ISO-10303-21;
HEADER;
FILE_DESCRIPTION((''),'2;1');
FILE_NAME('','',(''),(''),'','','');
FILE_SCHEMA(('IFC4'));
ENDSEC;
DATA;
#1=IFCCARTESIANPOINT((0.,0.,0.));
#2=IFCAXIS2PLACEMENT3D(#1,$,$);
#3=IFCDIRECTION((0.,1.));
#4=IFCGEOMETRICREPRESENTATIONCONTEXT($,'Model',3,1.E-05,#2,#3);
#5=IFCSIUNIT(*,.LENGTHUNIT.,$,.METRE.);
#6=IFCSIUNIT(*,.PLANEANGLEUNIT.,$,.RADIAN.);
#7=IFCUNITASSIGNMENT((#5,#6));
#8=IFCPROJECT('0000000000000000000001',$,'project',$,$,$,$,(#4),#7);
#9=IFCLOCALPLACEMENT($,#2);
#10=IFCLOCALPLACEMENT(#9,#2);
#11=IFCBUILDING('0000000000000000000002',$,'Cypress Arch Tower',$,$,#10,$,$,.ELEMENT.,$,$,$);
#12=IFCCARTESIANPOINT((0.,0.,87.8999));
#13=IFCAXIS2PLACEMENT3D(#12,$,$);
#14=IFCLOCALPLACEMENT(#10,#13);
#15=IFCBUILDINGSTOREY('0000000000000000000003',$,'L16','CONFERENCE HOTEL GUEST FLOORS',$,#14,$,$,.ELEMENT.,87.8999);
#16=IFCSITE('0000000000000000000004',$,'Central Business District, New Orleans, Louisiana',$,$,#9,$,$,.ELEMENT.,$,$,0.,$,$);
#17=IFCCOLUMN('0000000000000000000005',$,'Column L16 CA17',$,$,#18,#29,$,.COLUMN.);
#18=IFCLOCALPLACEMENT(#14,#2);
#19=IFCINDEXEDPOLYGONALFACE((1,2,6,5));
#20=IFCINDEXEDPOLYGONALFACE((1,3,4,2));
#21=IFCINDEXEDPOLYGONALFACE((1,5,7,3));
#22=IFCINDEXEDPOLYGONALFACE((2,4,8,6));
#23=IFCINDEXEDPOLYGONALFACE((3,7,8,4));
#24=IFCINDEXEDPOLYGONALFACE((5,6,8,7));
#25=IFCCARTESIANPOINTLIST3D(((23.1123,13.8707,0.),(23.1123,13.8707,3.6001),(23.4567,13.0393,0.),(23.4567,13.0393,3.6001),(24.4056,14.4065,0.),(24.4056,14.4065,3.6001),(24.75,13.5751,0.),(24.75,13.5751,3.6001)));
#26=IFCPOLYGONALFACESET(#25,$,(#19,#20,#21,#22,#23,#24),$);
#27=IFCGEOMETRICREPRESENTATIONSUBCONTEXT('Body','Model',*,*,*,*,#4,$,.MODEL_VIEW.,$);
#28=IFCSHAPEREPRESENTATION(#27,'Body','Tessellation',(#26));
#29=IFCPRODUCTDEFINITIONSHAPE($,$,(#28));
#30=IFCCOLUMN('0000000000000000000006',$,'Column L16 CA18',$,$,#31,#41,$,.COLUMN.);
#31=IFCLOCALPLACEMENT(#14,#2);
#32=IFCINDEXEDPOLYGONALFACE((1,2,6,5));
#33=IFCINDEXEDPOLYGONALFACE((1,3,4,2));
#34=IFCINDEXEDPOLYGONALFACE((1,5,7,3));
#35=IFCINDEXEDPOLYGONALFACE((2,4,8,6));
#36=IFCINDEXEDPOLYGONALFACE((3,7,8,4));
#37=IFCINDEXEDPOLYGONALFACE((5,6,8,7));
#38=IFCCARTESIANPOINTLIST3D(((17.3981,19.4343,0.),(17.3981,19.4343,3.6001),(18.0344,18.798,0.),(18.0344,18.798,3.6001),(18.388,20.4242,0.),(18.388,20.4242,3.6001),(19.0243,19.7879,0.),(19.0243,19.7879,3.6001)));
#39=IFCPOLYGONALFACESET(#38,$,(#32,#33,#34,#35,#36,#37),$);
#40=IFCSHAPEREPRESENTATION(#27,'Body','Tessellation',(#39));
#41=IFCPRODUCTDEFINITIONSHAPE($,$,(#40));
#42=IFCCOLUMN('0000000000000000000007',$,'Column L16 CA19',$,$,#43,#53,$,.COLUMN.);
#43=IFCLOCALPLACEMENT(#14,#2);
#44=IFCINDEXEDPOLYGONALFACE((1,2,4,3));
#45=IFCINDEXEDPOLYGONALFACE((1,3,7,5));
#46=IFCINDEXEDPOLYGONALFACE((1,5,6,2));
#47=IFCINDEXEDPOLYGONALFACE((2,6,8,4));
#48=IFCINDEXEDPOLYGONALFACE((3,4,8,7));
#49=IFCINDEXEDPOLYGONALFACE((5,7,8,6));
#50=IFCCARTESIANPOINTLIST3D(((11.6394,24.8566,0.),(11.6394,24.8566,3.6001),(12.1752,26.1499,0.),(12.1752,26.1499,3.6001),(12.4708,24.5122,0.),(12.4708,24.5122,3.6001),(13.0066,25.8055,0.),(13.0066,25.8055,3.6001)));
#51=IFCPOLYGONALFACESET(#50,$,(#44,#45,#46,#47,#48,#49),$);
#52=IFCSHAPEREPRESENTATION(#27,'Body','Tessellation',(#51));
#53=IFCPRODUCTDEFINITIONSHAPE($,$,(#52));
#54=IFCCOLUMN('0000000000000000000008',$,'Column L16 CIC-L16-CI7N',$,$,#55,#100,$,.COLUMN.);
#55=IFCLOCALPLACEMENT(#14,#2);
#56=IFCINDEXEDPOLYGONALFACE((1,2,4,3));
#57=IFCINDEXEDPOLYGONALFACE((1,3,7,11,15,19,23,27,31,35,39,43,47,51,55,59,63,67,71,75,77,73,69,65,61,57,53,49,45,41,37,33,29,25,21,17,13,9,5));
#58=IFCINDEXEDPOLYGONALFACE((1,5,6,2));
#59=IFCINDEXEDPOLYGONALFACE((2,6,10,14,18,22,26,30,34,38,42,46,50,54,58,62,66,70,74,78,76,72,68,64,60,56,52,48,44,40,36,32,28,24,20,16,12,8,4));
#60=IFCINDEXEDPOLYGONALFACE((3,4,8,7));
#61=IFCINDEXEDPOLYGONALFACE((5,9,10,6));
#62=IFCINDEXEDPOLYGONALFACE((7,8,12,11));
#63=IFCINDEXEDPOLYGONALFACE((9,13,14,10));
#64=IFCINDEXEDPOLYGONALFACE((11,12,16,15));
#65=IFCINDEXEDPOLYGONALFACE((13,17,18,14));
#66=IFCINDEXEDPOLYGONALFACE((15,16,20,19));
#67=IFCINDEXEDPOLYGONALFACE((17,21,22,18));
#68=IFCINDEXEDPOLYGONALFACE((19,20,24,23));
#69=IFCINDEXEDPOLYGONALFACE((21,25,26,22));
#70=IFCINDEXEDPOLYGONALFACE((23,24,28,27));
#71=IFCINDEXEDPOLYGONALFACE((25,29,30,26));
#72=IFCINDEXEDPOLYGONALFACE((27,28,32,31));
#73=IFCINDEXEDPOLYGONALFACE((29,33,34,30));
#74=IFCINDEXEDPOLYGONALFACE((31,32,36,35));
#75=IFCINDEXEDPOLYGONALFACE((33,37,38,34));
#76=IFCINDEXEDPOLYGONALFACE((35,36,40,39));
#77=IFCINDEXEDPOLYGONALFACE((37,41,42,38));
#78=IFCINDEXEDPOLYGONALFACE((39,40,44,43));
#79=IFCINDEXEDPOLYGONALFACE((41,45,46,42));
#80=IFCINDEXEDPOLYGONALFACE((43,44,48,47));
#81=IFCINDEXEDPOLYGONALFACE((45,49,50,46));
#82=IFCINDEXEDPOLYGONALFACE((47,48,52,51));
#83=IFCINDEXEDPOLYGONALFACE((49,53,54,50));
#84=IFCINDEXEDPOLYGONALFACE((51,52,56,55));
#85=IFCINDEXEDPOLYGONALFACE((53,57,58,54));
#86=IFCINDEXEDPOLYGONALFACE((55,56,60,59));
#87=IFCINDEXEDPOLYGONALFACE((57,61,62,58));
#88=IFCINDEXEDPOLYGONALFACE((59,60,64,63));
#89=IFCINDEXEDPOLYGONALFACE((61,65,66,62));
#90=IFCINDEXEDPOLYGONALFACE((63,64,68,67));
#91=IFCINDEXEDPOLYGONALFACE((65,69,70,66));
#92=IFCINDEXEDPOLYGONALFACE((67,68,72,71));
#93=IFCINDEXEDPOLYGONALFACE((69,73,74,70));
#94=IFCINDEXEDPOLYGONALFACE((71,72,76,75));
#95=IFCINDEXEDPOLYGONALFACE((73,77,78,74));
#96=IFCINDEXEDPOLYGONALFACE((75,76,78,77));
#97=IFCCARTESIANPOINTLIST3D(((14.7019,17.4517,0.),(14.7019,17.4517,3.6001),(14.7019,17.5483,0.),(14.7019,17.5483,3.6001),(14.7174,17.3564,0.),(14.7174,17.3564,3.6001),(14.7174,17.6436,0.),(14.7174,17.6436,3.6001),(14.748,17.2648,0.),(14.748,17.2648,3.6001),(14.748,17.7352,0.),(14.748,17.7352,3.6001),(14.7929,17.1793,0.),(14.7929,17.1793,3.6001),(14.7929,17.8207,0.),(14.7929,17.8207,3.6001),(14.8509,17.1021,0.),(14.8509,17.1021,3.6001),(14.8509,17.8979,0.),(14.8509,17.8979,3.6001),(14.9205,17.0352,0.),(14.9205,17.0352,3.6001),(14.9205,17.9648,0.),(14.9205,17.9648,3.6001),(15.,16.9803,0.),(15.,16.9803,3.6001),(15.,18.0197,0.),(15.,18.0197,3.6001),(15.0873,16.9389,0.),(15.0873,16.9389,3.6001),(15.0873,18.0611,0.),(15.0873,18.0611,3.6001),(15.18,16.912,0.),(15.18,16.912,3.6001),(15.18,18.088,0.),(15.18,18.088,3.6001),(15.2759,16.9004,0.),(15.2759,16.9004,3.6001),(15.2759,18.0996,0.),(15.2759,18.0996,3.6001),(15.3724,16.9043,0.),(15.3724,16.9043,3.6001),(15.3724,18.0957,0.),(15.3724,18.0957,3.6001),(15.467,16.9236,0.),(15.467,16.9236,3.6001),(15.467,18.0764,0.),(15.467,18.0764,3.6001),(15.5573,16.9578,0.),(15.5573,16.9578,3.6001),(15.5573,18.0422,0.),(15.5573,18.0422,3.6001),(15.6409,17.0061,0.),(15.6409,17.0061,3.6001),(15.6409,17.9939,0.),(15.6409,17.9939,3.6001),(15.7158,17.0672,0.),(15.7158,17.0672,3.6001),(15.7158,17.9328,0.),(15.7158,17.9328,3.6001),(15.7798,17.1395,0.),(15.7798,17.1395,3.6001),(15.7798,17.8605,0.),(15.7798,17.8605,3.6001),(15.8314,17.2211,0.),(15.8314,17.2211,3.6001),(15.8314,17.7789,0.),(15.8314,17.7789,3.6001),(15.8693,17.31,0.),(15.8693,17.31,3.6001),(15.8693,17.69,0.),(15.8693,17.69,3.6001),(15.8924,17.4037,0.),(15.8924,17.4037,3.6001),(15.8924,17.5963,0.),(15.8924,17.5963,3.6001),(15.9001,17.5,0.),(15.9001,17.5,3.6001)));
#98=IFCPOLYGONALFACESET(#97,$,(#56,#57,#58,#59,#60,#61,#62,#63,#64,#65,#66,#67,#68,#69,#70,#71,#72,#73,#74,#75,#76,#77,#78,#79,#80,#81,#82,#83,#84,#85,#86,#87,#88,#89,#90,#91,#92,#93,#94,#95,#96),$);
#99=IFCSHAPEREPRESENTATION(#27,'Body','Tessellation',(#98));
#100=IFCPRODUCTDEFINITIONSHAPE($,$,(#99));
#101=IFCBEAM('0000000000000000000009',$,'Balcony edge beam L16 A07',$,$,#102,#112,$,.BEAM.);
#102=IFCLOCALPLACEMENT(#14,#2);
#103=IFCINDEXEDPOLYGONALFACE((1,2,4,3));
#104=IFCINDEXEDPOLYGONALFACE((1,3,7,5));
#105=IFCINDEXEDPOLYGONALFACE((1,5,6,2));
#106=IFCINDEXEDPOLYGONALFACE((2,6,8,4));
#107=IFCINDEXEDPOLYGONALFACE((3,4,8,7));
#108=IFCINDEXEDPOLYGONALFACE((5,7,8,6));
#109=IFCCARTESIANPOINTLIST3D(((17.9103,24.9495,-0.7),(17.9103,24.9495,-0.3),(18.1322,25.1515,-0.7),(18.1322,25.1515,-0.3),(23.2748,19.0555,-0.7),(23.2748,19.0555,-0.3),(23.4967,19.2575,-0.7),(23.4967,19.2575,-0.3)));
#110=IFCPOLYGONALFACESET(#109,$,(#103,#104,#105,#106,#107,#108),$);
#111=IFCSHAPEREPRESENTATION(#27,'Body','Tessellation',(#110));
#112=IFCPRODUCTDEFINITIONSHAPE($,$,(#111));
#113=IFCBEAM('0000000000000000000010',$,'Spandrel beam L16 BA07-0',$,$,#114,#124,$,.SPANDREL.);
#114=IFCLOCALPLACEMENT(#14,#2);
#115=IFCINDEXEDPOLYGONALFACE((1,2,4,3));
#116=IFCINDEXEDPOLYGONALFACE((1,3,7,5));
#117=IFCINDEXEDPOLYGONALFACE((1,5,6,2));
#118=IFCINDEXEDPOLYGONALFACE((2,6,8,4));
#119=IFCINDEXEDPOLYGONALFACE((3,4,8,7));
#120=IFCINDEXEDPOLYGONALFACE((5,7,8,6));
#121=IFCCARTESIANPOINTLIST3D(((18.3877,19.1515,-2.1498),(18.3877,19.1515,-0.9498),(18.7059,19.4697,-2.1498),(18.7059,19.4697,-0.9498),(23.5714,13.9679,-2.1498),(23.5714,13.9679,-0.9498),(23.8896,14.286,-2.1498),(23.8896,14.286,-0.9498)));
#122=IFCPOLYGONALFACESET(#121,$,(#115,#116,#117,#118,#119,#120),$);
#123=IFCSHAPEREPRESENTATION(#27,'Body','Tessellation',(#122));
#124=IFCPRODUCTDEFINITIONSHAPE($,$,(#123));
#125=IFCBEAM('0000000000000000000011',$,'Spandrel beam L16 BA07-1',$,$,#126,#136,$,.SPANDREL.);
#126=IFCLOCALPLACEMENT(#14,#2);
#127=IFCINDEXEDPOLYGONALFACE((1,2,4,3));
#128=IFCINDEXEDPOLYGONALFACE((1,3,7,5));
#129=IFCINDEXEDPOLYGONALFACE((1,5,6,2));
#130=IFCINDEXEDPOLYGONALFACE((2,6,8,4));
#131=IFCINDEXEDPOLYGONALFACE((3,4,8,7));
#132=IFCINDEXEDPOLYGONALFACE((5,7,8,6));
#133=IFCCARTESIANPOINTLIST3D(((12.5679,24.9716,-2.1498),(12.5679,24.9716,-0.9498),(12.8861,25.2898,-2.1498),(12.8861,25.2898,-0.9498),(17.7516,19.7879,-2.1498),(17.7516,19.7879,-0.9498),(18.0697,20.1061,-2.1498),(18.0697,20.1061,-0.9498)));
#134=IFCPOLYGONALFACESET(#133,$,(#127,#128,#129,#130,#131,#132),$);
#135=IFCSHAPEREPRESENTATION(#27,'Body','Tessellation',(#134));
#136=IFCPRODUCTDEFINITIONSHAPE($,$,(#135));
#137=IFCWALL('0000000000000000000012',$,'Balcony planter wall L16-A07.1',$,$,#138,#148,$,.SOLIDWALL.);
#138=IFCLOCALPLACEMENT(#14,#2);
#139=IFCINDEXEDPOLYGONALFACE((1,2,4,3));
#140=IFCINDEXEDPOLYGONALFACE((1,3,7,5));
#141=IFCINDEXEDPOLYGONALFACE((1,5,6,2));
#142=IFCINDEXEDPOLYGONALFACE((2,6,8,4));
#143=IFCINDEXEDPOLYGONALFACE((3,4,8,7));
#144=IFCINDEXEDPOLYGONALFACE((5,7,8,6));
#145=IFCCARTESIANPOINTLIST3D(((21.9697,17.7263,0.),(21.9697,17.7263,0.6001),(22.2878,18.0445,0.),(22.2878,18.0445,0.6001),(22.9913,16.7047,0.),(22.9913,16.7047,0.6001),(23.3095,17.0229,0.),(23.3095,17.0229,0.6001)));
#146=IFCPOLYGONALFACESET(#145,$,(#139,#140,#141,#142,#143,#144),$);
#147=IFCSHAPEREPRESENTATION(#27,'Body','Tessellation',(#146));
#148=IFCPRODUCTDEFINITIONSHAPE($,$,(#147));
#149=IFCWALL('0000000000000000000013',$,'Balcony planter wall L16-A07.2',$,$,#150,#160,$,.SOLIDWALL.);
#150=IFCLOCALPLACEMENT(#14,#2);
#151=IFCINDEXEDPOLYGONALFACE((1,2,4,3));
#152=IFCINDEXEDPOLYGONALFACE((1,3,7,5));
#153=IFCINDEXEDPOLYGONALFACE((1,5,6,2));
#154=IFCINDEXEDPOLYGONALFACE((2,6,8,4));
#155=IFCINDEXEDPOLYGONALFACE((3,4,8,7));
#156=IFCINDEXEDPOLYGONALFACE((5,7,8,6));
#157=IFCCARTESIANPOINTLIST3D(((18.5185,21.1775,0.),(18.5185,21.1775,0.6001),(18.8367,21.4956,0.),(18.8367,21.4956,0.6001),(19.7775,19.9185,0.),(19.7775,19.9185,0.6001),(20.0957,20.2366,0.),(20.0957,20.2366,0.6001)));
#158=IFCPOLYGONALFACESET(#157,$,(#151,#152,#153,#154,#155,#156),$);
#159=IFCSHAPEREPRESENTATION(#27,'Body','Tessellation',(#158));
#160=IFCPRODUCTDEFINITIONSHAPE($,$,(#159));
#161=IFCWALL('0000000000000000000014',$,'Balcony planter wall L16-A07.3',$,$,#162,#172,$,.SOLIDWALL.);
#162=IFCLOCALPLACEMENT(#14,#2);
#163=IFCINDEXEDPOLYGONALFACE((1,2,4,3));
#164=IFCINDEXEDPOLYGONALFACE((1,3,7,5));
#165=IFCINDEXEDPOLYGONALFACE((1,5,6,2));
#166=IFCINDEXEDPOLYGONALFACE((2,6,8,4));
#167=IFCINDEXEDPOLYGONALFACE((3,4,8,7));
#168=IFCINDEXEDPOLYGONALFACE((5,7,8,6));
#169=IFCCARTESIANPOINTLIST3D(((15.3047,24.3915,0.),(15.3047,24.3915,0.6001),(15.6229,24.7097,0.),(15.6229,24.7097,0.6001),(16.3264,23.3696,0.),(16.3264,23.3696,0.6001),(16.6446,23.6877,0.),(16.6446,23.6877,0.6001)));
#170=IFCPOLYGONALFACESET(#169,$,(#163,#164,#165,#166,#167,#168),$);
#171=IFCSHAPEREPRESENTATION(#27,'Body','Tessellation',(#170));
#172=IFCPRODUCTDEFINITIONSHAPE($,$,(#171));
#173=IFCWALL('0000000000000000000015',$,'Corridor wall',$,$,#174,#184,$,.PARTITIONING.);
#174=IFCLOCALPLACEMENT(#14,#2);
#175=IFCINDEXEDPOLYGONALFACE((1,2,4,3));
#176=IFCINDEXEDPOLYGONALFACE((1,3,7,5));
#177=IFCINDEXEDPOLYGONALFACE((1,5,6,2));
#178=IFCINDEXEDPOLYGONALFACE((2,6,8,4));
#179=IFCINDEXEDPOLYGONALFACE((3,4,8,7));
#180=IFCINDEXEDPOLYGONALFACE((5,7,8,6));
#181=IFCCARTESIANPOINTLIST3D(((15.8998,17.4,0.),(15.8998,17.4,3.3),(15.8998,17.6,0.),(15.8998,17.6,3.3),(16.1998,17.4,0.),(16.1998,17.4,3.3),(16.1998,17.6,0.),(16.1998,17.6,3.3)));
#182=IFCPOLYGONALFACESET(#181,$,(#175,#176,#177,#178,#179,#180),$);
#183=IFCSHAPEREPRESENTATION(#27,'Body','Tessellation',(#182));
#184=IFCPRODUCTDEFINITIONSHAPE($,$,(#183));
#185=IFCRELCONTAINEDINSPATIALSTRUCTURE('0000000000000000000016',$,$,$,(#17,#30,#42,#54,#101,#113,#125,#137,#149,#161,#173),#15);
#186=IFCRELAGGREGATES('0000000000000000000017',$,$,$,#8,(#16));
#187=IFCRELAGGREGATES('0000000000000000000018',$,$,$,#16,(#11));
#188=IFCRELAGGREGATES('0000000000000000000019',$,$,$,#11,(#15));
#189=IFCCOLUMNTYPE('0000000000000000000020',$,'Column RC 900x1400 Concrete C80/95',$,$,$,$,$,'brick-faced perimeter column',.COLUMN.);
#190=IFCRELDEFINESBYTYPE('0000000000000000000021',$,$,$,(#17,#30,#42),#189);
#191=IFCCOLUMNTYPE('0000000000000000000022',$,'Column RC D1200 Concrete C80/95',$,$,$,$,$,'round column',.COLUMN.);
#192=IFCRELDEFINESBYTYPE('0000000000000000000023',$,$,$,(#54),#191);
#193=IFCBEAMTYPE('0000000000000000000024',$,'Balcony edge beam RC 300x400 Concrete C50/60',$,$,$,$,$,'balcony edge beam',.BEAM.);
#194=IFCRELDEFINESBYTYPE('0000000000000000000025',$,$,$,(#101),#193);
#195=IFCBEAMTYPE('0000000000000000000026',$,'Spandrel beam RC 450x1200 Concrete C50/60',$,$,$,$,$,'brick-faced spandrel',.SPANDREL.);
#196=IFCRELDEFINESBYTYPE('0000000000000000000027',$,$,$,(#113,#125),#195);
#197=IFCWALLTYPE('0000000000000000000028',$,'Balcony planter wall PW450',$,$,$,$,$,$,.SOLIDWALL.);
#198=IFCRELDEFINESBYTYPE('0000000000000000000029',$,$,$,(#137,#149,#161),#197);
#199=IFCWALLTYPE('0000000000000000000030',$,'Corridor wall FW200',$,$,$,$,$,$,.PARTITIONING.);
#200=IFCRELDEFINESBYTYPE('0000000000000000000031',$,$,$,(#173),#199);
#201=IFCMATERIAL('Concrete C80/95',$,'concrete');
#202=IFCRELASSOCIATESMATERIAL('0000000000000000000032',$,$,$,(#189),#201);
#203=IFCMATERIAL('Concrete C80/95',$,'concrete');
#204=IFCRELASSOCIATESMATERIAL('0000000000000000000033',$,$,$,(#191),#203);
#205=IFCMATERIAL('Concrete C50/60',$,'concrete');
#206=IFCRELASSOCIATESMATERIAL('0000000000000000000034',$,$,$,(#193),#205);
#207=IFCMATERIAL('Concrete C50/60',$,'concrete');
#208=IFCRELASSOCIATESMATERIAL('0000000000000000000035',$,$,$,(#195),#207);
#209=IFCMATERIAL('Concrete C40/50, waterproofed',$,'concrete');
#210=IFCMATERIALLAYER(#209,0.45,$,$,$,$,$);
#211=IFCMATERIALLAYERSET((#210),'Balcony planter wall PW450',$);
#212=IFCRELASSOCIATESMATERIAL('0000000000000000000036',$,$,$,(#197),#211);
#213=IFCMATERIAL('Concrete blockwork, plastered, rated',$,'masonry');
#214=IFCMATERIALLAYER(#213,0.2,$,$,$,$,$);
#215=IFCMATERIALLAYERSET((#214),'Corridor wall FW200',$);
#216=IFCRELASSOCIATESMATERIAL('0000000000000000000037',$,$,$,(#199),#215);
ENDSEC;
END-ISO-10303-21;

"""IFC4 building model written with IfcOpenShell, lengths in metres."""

from ifc_helpers import new_model, si_unit, direction, frame, frame_2d, origin, origin_2d, place, context, subcontext, project, spatial, rectangle, circle, extrude, material, layer, layer_set, material_profile, profile_set, type_object, element, save


model = new_model("IFC4")

# Units and contexts
model_context = context("Model", 3, precision=1e-05, world=origin(), true_north=direction((0.0, 1.0)))
body_context = subcontext(model_context, "Body", "Model", "MODEL_VIEW")
ifc_project = project(units=[si_unit("LENGTHUNIT", "METRE"), si_unit("PLANEANGLEUNIT", "RADIAN")], contexts=[model_context])

# Site, building, storey
site_placement = place(None, origin())
site = spatial("IfcSite", under=ifc_project, at=site_placement, Name="Central Business District, New Orleans, Louisiana", CompositionType="ELEMENT", RefElevation=0.0)
building_placement = place(site_placement, origin())
building = spatial("IfcBuilding", under=site, at=building_placement, Name="Cypress Arch Tower", CompositionType="ELEMENT")
storey_placement = place(building_placement, frame((0.0, 0.0, 87.8999)))
storey = spatial("IfcBuildingStorey", under=building, at=storey_placement, Name="L16", Description="CONFERENCE HOTEL GUEST FLOORS", CompositionType="ELEMENT", Elevation=87.8999)

# Columns
ifc_material_1 = material(Name="Concrete C80/95", Category="concrete")
ifc_material_profile_1 = material_profile(ifc_material_1, rectangle(XDim=0.8999, YDim=1.3999, at=origin_2d()), Name="RC 900x1400")
ifc_profile_set_1 = profile_set([ifc_material_profile_1], Name="Concrete C80/95")
column_type_1 = type_object("IfcColumnType", Name="Column RC 900x1400 Concrete C80/95", ElementType="brick-faced perimeter column", PredefinedType="COLUMN", material=ifc_profile_set_1)
for number, where, z_axis, x_axis, name in (
    (1, (23.9312, 13.7229, 0.0), (0.0, 0.0, 1.0), (-0.382683, 0.92388, 0.0), "Column L16 CA17"),
    (2, (18.2112, 19.6111, 0.0), (0.0, 0.0, 1.0), (-0.707107, 0.707107, 0.0), "Column L16 CA18"),
    (3, (12.323, 25.3311, 0.0), (0.0, 0.0, 1.0), (-0.92388, 0.382683, 0.0), "Column L16 CA19"),
):
    element("IfcColumn", number, at=place(storey_placement, frame(where, z_axis=z_axis, x_axis=x_axis)), inside=storey, type_object=column_type_1, Name=name, PredefinedType="COLUMN", context=body_context, shape_type="SweptSolid", body=[
        extrude(rectangle(XDim=0.8999, YDim=1.3999, at=origin_2d()), origin(), (0.0, 0.0, 1.0), 3.6001),
    ])
ifc_material_2 = material(Name="Concrete C80/95", Category="concrete")
ifc_material_profile_2 = material_profile(ifc_material_2, circle(Radius=0.6001, at=origin_2d()), Name="RC D1200")
ifc_profile_set_2 = profile_set([ifc_material_profile_2], Name="Concrete C80/95")
column_type_2 = type_object("IfcColumnType", Name="Column RC D1200 Concrete C80/95", ElementType="round column", PredefinedType="COLUMN", material=ifc_profile_set_2)
column_placement = place(storey_placement, frame((15.3, 17.5, 0.0), z_axis=(0.0, 0.0, 1.0), x_axis=(1.0, 0.0, 0.0)))
element("IfcColumn", 4, at=column_placement, inside=storey, type_object=column_type_2, Name="Column L16 CIC-L16-CI7N", PredefinedType="COLUMN", context=body_context, shape_type="SweptSolid", body=[
    extrude(circle(Radius=0.6001, at=origin_2d()), origin(), (0.0, 0.0, 1.0), 3.6001),
])

# Beams
ifc_material_3 = material(Name="Concrete C50/60", Category="concrete")
ifc_material_profile_3 = material_profile(ifc_material_3, rectangle(XDim=0.3, YDim=0.3999, at=origin_2d()), Name="RC 300x400")
ifc_profile_set_3 = profile_set([ifc_material_profile_3], Name="Concrete C50/60")
beam_type_1 = type_object("IfcBeamType", Name="Balcony edge beam RC 300x400 Concrete C50/60", ElementType="balcony edge beam", PredefinedType="BEAM", material=ifc_profile_set_3)
beam_placement = place(storey_placement, frame((23.3857, 19.1565, -0.5), z_axis=(-0.673104, 0.739548, 0.0), x_axis=(-0.739548, -0.673104, 0.0)))
element("IfcBeam", 5, at=beam_placement, inside=storey, type_object=beam_type_1, Name="Balcony edge beam L16 A07", PredefinedType="BEAM", context=body_context, shape_type="SweptSolid", body=[
    extrude(rectangle(XDim=0.3, YDim=0.3999, at=origin_2d()), origin(), (0.0, 0.0, 1.0), 7.9697),
])
ifc_material_4 = material(Name="Concrete C50/60", Category="concrete")
ifc_material_profile_4 = material_profile(ifc_material_4, rectangle(XDim=0.45, YDim=1.2, at=origin_2d()), Name="RC 450x1200")
ifc_profile_set_4 = profile_set([ifc_material_profile_4], Name="Concrete C50/60")
beam_type_2 = type_object("IfcBeamType", Name="Spandrel beam RC 450x1200 Concrete C50/60", ElementType="brick-faced spandrel", PredefinedType="SPANDREL", material=ifc_profile_set_4)
for number, where, z_axis, x_axis, name in (
    (6, (23.7305, 14.127, -1.5498), (-0.707107, 0.707107, 0.0), (-0.707107, -0.707107, 0.0), "Spandrel beam L16 BA07-0"),
    (7, (17.9106, 19.947, -1.5498), (-0.707107, 0.707107, 0.0), (-0.707107, -0.707107, 0.0), "Spandrel beam L16 BA07-1"),
):
    element("IfcBeam", number, at=place(storey_placement, frame(where, z_axis=z_axis, x_axis=x_axis)), inside=storey, type_object=beam_type_2, Name=name, PredefinedType="SPANDREL", context=body_context, shape_type="SweptSolid", body=[
        extrude(rectangle(XDim=0.45, YDim=1.2, at=origin_2d()), origin(), (0.0, 0.0, 1.0), 7.3308),
    ])

# Walls
ifc_material_5 = material(Name="Concrete C40/50, waterproofed", Category="concrete")
ifc_layer_1 = layer(ifc_material_5, 0.45)
ifc_layer_set_1 = layer_set([ifc_layer_1], Name="Balcony planter wall PW450")
wall_type_1 = type_object("IfcWallType", Name="Balcony planter wall PW450", PredefinedType="SOLIDWALL", material=ifc_layer_set_1)
wall_1_placement = place(storey_placement, frame((23.1504, 16.8638, 0.0), z_axis=(0.0, 0.0, 1.0), x_axis=(-0.707107, 0.707107, 0.0)))
element("IfcWall", 8, at=wall_1_placement, inside=storey, type_object=wall_type_1, Name="Balcony planter wall L16-A07.1", PredefinedType="SOLIDWALL", context=body_context, shape_type="SweptSolid", body=[
    extrude(rectangle(XDim=1.4448, YDim=0.45, at=frame_2d((0.7224, 0.0))), origin(), (0.0, 0.0, 1.0), 0.6001),
])
wall_2_placement = place(storey_placement, frame((19.9365, 20.0776, 0.0), z_axis=(0.0, 0.0, 1.0), x_axis=(-0.707107, 0.707107, 0.0)))
element("IfcWall", 9, at=wall_2_placement, inside=storey, type_object=wall_type_1, Name="Balcony planter wall L16-A07.2", PredefinedType="SOLIDWALL", context=body_context, shape_type="SweptSolid", body=[
    extrude(rectangle(XDim=1.7805, YDim=0.45, at=frame_2d((0.8901, 0.0))), origin(), (0.0, 0.0, 1.0), 0.6001),
])
wall_3_placement = place(storey_placement, frame((16.4856, 23.5286, 0.0), z_axis=(0.0, 0.0, 1.0), x_axis=(-0.707022, 0.707191, 0.0)))
element("IfcWall", 10, at=wall_3_placement, inside=storey, type_object=wall_type_1, Name="Balcony planter wall L16-A07.3", PredefinedType="SOLIDWALL", context=body_context, shape_type="SweptSolid", body=[
    extrude(rectangle(XDim=1.4451, YDim=0.45, at=frame_2d((0.7227, 0.0))), origin(), (0.0, 0.0, 1.0), 0.6001),
])

# Wall
ifc_material_6 = material(Name="Concrete blockwork, plastered, rated", Category="masonry")
ifc_layer_2 = layer(ifc_material_6, 0.2)
ifc_layer_set_2 = layer_set([ifc_layer_2], Name="Corridor wall FW200")
wall_type_2 = type_object("IfcWallType", Name="Corridor wall FW200", PredefinedType="PARTITIONING", material=ifc_layer_set_2)
wall_4_placement = place(storey_placement, frame((15.8999, 17.5, 0.0), z_axis=(0.0, 0.0, 1.0), x_axis=(1.0, 0.0, 0.0)))
element("IfcWall", 11, at=wall_4_placement, inside=storey, type_object=wall_type_2, Name="Corridor wall", PredefinedType="PARTITIONING", context=body_context, shape_type="SweptSolid", body=[
    extrude(rectangle(XDim=0.3, YDim=0.2, at=frame_2d((0.1499, 0.0))), origin(), (0.0, 0.0, 1.0), 3.3),
])

save(model, "model.ifc")
